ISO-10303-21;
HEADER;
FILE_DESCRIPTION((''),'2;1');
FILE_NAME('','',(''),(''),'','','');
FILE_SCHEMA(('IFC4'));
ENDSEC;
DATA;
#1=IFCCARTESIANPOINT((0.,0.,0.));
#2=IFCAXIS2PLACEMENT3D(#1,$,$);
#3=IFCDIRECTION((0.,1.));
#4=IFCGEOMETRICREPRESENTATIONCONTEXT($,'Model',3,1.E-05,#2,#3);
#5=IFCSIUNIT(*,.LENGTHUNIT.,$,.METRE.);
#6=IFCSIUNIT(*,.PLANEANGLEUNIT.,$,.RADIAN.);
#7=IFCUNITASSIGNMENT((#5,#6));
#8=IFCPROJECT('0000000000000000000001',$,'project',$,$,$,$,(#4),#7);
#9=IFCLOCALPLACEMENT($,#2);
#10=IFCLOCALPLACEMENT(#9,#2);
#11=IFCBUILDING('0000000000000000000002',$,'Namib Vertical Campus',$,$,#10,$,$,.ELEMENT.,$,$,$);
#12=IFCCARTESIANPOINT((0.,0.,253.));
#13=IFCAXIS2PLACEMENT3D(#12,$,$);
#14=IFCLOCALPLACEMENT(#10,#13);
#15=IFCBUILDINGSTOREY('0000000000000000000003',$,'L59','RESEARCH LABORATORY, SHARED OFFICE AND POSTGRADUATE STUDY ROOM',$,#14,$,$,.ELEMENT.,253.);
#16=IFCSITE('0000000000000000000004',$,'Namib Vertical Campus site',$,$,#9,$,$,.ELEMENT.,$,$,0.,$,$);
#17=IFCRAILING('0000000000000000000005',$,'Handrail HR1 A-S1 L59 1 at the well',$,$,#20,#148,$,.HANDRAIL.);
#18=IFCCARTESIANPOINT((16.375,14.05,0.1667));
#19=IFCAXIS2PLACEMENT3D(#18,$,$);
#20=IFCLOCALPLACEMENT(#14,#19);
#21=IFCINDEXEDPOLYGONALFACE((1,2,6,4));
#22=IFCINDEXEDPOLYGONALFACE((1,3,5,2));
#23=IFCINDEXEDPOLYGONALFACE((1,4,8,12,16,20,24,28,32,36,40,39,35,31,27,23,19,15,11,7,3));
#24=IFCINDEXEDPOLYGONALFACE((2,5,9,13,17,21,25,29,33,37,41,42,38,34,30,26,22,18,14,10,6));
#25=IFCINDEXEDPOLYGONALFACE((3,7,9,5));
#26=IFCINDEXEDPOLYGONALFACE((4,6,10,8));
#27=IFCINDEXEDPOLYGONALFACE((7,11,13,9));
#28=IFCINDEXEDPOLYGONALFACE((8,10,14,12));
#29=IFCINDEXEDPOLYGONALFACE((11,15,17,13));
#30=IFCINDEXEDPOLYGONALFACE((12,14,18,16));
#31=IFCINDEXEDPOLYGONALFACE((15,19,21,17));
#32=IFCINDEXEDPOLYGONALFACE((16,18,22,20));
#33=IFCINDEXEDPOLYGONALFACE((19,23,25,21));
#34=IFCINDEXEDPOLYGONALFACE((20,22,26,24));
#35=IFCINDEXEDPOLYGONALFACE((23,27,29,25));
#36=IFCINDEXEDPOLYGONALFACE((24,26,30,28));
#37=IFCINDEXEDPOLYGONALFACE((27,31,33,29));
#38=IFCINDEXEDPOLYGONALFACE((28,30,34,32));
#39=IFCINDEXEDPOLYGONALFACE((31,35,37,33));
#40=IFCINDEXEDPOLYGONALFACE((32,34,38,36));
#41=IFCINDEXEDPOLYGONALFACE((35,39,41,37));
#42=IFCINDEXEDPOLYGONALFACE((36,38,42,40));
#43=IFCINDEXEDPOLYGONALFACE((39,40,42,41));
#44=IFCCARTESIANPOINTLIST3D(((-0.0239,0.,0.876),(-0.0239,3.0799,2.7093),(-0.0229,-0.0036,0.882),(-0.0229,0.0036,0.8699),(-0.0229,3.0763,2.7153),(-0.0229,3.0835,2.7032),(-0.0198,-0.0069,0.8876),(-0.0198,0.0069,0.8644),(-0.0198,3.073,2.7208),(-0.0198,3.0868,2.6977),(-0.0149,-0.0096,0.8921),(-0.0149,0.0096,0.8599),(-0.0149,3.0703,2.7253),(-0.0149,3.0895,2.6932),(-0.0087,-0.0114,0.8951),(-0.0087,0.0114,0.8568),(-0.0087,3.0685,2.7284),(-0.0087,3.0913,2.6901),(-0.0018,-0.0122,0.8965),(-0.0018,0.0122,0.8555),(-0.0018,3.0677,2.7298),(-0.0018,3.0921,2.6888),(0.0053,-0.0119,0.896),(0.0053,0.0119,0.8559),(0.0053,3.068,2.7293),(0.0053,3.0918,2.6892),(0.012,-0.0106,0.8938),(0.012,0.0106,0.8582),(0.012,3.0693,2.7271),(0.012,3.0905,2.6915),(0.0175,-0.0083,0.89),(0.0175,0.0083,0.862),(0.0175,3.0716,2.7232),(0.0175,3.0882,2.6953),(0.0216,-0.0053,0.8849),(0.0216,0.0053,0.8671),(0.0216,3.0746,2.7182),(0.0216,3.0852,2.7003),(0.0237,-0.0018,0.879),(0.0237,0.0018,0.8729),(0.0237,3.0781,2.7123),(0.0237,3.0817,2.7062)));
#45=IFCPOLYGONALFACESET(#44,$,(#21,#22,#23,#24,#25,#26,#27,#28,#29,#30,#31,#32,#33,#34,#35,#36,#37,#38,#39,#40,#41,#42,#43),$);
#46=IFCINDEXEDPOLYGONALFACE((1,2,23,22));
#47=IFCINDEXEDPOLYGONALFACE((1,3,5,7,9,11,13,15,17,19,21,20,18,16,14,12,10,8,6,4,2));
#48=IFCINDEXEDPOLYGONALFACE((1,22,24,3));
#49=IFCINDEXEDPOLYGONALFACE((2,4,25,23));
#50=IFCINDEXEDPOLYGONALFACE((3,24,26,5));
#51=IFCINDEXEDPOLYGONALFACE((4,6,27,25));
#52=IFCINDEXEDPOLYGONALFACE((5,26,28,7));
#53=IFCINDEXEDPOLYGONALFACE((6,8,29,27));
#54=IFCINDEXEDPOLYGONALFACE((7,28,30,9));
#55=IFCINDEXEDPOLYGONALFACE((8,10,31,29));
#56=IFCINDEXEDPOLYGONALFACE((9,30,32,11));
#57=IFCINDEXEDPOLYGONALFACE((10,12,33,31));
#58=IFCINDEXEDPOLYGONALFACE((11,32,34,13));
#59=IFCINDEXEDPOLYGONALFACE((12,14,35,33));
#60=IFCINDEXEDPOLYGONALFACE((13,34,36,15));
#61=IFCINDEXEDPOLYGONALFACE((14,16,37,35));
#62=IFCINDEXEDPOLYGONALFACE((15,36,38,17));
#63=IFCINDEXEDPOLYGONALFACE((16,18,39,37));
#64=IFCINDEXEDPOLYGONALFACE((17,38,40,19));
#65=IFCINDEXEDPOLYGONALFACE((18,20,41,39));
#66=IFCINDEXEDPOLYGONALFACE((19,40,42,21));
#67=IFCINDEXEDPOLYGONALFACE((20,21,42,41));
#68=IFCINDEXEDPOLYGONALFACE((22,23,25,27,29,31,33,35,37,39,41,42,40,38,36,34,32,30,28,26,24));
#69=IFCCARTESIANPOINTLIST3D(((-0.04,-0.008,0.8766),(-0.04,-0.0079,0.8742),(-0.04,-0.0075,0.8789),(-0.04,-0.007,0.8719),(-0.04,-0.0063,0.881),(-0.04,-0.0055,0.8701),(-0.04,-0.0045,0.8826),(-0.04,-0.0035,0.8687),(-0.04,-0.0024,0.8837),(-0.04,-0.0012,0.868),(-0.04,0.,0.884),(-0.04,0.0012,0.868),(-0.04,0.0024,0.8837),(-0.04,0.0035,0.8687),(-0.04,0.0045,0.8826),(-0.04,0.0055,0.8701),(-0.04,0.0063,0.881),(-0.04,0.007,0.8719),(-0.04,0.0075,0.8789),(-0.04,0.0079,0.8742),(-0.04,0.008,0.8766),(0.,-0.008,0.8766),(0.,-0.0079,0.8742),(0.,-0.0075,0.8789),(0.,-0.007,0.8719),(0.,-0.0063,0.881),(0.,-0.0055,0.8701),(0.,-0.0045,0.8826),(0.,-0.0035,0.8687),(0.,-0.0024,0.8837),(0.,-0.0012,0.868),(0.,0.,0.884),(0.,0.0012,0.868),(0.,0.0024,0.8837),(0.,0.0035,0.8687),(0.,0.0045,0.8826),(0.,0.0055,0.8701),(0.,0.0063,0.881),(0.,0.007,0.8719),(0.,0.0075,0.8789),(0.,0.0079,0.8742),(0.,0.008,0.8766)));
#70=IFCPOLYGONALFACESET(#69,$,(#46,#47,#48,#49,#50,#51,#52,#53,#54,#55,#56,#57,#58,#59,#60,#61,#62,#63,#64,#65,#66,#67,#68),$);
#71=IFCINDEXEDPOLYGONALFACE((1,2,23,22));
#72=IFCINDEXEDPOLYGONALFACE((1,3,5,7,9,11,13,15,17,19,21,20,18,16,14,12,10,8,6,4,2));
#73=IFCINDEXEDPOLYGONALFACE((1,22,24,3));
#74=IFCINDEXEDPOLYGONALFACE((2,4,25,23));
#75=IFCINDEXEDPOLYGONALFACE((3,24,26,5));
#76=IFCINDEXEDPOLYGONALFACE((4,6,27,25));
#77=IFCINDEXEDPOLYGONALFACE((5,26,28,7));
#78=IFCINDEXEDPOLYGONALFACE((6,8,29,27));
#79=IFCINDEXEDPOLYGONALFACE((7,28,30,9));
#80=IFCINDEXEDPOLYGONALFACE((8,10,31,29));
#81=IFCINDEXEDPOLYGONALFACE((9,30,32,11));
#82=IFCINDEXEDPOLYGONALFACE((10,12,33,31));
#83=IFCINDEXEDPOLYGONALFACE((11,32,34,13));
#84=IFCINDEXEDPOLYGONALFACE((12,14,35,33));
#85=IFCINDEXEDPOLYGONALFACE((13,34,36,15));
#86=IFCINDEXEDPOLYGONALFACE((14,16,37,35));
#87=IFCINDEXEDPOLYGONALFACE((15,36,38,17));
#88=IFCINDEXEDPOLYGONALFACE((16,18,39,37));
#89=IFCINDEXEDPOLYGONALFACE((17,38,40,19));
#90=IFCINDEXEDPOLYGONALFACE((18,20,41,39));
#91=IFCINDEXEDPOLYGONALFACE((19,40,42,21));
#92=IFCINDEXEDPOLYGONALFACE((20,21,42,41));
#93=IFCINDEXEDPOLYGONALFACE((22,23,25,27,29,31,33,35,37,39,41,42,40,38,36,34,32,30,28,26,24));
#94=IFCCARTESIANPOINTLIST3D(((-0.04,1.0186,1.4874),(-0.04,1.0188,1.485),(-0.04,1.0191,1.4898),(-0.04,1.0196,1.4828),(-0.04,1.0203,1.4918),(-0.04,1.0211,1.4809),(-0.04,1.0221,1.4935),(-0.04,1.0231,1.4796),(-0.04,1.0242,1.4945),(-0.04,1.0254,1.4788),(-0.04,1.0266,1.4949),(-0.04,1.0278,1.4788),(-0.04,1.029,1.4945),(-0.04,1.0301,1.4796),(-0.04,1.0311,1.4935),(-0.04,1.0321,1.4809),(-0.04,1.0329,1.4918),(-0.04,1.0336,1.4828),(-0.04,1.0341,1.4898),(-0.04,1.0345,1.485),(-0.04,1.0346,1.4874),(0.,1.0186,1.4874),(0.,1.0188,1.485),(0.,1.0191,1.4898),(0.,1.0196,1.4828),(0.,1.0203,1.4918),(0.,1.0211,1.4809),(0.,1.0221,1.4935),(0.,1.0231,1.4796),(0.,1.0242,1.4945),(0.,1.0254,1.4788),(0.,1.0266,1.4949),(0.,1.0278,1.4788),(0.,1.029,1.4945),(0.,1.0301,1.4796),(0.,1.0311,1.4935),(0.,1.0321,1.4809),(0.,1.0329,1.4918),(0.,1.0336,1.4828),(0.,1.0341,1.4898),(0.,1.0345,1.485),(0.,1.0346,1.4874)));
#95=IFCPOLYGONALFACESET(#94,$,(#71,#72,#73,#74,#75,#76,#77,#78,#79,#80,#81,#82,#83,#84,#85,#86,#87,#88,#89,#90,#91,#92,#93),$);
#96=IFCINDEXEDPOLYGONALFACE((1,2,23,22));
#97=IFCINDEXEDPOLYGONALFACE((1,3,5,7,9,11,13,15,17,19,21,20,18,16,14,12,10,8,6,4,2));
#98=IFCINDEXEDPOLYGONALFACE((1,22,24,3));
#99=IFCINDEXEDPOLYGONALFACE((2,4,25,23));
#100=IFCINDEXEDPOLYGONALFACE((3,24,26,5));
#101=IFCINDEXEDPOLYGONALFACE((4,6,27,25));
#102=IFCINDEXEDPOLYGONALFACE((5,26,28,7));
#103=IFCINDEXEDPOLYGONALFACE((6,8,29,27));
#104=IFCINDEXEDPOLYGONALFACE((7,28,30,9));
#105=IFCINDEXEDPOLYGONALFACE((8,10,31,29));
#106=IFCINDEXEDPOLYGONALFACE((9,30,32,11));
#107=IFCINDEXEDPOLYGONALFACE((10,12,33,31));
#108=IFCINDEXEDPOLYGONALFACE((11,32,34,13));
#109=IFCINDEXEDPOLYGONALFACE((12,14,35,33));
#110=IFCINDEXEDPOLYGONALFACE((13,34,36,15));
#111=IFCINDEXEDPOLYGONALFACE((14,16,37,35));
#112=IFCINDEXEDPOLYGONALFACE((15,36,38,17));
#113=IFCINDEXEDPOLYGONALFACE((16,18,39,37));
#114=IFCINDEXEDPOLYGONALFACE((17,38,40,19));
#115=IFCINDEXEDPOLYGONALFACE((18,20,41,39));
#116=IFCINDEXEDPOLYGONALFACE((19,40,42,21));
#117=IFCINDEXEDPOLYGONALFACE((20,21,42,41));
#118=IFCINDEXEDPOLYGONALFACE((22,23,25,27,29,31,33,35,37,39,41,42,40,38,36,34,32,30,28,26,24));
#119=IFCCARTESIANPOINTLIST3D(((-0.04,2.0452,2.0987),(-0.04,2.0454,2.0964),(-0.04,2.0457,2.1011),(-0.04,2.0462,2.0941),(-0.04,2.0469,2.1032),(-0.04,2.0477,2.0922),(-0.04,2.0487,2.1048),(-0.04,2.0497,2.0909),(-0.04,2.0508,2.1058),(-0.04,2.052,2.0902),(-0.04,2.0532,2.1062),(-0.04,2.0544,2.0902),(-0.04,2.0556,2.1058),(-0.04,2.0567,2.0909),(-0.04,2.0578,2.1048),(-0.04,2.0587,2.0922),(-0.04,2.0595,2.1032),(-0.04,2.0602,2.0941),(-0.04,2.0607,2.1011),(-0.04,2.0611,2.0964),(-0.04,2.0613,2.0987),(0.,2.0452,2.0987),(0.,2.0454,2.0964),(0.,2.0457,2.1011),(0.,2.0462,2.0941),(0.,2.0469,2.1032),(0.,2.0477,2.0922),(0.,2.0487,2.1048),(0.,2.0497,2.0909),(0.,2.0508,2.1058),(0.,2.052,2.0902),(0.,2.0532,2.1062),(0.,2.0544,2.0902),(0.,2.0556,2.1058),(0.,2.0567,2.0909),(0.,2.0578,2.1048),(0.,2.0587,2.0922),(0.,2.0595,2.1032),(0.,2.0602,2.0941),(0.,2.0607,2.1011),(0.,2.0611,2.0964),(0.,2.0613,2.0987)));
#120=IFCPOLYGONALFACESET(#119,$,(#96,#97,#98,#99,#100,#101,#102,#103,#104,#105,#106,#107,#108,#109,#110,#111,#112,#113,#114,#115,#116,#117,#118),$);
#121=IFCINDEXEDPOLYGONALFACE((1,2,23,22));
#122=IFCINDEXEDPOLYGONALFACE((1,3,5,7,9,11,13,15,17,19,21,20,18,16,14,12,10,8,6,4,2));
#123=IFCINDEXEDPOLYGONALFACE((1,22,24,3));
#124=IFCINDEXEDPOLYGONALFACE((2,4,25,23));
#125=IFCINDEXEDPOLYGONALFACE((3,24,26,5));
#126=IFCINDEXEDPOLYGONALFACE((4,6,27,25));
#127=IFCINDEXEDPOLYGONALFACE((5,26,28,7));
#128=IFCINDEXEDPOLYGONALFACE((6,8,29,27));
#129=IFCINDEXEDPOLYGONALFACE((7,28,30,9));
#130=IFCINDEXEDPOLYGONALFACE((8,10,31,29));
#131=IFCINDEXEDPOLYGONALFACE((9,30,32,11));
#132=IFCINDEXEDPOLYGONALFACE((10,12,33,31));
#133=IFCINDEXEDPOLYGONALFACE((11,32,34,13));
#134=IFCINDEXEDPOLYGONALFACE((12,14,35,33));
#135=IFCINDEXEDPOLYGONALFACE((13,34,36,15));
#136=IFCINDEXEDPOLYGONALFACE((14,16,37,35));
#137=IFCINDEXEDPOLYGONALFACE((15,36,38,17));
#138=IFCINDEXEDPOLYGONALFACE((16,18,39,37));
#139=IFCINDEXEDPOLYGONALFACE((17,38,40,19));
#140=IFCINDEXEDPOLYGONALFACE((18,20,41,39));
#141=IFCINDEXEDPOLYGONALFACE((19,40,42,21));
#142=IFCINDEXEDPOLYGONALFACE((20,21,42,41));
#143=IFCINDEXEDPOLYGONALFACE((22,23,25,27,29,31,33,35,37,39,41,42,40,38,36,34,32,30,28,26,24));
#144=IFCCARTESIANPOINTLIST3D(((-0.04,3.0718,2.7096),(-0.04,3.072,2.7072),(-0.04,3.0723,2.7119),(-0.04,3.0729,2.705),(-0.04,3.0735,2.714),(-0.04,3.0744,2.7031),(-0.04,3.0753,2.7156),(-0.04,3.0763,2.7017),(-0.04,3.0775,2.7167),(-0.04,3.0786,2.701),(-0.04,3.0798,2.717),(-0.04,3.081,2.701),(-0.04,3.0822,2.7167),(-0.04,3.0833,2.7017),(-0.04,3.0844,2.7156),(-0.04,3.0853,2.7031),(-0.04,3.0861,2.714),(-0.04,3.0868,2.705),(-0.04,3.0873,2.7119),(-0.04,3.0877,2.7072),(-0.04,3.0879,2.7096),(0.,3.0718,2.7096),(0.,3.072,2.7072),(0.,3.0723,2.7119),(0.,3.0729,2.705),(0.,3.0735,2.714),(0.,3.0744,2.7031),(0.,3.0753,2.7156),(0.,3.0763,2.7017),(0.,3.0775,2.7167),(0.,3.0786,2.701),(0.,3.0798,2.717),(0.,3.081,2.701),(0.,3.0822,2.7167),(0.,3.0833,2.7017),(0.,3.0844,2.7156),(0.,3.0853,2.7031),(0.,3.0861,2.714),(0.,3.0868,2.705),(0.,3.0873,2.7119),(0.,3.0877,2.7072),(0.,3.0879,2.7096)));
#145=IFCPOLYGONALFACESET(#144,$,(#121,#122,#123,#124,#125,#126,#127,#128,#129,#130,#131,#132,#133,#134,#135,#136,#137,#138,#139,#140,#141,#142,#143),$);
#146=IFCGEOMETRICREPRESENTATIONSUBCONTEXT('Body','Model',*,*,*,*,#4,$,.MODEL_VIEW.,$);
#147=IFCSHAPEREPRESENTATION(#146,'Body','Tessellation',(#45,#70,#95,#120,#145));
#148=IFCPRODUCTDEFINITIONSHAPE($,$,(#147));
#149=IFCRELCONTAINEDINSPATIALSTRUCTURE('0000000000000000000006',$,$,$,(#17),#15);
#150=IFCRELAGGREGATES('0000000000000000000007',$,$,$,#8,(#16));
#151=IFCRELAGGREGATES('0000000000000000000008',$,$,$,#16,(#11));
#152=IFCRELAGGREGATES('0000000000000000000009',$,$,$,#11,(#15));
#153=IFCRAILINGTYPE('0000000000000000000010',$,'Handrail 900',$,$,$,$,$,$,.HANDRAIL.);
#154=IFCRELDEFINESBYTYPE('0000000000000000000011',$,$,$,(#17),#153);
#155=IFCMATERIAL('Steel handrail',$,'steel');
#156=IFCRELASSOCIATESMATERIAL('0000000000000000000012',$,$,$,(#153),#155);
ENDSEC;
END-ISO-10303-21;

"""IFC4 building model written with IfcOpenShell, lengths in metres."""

from ifc_helpers import new_model, si_unit, direction, frame, origin, origin_2d, place, context, subcontext, project, spatial, circle, extrude, material, type_object, element, save


model = new_model("IFC4")

# Units and contexts
model_context = context("Model", 3, precision=1e-05, world=origin(), true_north=direction((0.0, 1.0)))
body_context = subcontext(model_context, "Body", "Model", "MODEL_VIEW")
ifc_project = project(units=[si_unit("LENGTHUNIT", "METRE"), si_unit("PLANEANGLEUNIT", "RADIAN")], contexts=[model_context])

# Site, building, storey
site_placement = place(None, origin())
site = spatial("IfcSite", under=ifc_project, at=site_placement, Name="Namib Vertical Campus site", CompositionType="ELEMENT", RefElevation=0.0)
building_placement = place(site_placement, origin())
building = spatial("IfcBuilding", under=site, at=building_placement, Name="Namib Vertical Campus", CompositionType="ELEMENT")
storey_placement = place(building_placement, frame((0.0, 0.0, 253.0)))
storey = spatial("IfcBuildingStorey", under=building, at=storey_placement, Name="L59", Description="RESEARCH LABORATORY, SHARED OFFICE AND POSTGRADUATE STUDY ROOM", CompositionType="ELEMENT", Elevation=253.0)

# Railing
ifc_material_1 = material(Name="Steel handrail", Category="steel")
railing_type_1 = type_object("IfcRailingType", Name="Handrail 900", PredefinedType="HANDRAIL", material=ifc_material_1)
railing_1_placement = place(storey_placement, frame((16.375, 14.05, 0.1667)))
element("IfcRailing", 1, at=railing_1_placement, inside=storey, type_object=railing_type_1, Name="Handrail HR1 A-S1 L59 1 at the well", PredefinedType="HANDRAIL", context=body_context, shape_type="SweptSolid", body=[
    extrude(circle(Radius=0.0239, at=origin_2d()), frame((0.0, 0.0, 0.876), z_axis=(0.0, 0.859291, 0.511487), x_axis=(-1.0, 0.0, 0.0)), (0.0, 0.0, 1.0), 3.5842),
    extrude(circle(Radius=0.0081, at=origin_2d()), frame((0.0, 0.0, 0.876), z_axis=(-1.0, 0.0, 0.0), x_axis=(0.0, 0.0, 1.0)), (0.0, 0.0, 1.0), 0.04),
    extrude(circle(Radius=0.0081, at=origin_2d()), frame((0.0, 1.0266, 1.4868), z_axis=(-1.0, 0.0, 0.0), x_axis=(0.0, 0.0, 1.0)), (0.0, 0.0, 1.0), 0.04),
    extrude(circle(Radius=0.0081, at=origin_2d()), frame((0.0, 2.0532, 2.0981), z_axis=(-1.0, 0.0, 0.0), x_axis=(0.0, 0.0, 1.0)), (0.0, 0.0, 1.0), 0.04),
    extrude(circle(Radius=0.0081, at=origin_2d()), frame((0.0, 3.0798, 2.709), z_axis=(-1.0, 0.0, 0.0), x_axis=(0.0, 0.0, 1.0)), (0.0, 0.0, 1.0), 0.04),
])

save(model, "model.ifc")
